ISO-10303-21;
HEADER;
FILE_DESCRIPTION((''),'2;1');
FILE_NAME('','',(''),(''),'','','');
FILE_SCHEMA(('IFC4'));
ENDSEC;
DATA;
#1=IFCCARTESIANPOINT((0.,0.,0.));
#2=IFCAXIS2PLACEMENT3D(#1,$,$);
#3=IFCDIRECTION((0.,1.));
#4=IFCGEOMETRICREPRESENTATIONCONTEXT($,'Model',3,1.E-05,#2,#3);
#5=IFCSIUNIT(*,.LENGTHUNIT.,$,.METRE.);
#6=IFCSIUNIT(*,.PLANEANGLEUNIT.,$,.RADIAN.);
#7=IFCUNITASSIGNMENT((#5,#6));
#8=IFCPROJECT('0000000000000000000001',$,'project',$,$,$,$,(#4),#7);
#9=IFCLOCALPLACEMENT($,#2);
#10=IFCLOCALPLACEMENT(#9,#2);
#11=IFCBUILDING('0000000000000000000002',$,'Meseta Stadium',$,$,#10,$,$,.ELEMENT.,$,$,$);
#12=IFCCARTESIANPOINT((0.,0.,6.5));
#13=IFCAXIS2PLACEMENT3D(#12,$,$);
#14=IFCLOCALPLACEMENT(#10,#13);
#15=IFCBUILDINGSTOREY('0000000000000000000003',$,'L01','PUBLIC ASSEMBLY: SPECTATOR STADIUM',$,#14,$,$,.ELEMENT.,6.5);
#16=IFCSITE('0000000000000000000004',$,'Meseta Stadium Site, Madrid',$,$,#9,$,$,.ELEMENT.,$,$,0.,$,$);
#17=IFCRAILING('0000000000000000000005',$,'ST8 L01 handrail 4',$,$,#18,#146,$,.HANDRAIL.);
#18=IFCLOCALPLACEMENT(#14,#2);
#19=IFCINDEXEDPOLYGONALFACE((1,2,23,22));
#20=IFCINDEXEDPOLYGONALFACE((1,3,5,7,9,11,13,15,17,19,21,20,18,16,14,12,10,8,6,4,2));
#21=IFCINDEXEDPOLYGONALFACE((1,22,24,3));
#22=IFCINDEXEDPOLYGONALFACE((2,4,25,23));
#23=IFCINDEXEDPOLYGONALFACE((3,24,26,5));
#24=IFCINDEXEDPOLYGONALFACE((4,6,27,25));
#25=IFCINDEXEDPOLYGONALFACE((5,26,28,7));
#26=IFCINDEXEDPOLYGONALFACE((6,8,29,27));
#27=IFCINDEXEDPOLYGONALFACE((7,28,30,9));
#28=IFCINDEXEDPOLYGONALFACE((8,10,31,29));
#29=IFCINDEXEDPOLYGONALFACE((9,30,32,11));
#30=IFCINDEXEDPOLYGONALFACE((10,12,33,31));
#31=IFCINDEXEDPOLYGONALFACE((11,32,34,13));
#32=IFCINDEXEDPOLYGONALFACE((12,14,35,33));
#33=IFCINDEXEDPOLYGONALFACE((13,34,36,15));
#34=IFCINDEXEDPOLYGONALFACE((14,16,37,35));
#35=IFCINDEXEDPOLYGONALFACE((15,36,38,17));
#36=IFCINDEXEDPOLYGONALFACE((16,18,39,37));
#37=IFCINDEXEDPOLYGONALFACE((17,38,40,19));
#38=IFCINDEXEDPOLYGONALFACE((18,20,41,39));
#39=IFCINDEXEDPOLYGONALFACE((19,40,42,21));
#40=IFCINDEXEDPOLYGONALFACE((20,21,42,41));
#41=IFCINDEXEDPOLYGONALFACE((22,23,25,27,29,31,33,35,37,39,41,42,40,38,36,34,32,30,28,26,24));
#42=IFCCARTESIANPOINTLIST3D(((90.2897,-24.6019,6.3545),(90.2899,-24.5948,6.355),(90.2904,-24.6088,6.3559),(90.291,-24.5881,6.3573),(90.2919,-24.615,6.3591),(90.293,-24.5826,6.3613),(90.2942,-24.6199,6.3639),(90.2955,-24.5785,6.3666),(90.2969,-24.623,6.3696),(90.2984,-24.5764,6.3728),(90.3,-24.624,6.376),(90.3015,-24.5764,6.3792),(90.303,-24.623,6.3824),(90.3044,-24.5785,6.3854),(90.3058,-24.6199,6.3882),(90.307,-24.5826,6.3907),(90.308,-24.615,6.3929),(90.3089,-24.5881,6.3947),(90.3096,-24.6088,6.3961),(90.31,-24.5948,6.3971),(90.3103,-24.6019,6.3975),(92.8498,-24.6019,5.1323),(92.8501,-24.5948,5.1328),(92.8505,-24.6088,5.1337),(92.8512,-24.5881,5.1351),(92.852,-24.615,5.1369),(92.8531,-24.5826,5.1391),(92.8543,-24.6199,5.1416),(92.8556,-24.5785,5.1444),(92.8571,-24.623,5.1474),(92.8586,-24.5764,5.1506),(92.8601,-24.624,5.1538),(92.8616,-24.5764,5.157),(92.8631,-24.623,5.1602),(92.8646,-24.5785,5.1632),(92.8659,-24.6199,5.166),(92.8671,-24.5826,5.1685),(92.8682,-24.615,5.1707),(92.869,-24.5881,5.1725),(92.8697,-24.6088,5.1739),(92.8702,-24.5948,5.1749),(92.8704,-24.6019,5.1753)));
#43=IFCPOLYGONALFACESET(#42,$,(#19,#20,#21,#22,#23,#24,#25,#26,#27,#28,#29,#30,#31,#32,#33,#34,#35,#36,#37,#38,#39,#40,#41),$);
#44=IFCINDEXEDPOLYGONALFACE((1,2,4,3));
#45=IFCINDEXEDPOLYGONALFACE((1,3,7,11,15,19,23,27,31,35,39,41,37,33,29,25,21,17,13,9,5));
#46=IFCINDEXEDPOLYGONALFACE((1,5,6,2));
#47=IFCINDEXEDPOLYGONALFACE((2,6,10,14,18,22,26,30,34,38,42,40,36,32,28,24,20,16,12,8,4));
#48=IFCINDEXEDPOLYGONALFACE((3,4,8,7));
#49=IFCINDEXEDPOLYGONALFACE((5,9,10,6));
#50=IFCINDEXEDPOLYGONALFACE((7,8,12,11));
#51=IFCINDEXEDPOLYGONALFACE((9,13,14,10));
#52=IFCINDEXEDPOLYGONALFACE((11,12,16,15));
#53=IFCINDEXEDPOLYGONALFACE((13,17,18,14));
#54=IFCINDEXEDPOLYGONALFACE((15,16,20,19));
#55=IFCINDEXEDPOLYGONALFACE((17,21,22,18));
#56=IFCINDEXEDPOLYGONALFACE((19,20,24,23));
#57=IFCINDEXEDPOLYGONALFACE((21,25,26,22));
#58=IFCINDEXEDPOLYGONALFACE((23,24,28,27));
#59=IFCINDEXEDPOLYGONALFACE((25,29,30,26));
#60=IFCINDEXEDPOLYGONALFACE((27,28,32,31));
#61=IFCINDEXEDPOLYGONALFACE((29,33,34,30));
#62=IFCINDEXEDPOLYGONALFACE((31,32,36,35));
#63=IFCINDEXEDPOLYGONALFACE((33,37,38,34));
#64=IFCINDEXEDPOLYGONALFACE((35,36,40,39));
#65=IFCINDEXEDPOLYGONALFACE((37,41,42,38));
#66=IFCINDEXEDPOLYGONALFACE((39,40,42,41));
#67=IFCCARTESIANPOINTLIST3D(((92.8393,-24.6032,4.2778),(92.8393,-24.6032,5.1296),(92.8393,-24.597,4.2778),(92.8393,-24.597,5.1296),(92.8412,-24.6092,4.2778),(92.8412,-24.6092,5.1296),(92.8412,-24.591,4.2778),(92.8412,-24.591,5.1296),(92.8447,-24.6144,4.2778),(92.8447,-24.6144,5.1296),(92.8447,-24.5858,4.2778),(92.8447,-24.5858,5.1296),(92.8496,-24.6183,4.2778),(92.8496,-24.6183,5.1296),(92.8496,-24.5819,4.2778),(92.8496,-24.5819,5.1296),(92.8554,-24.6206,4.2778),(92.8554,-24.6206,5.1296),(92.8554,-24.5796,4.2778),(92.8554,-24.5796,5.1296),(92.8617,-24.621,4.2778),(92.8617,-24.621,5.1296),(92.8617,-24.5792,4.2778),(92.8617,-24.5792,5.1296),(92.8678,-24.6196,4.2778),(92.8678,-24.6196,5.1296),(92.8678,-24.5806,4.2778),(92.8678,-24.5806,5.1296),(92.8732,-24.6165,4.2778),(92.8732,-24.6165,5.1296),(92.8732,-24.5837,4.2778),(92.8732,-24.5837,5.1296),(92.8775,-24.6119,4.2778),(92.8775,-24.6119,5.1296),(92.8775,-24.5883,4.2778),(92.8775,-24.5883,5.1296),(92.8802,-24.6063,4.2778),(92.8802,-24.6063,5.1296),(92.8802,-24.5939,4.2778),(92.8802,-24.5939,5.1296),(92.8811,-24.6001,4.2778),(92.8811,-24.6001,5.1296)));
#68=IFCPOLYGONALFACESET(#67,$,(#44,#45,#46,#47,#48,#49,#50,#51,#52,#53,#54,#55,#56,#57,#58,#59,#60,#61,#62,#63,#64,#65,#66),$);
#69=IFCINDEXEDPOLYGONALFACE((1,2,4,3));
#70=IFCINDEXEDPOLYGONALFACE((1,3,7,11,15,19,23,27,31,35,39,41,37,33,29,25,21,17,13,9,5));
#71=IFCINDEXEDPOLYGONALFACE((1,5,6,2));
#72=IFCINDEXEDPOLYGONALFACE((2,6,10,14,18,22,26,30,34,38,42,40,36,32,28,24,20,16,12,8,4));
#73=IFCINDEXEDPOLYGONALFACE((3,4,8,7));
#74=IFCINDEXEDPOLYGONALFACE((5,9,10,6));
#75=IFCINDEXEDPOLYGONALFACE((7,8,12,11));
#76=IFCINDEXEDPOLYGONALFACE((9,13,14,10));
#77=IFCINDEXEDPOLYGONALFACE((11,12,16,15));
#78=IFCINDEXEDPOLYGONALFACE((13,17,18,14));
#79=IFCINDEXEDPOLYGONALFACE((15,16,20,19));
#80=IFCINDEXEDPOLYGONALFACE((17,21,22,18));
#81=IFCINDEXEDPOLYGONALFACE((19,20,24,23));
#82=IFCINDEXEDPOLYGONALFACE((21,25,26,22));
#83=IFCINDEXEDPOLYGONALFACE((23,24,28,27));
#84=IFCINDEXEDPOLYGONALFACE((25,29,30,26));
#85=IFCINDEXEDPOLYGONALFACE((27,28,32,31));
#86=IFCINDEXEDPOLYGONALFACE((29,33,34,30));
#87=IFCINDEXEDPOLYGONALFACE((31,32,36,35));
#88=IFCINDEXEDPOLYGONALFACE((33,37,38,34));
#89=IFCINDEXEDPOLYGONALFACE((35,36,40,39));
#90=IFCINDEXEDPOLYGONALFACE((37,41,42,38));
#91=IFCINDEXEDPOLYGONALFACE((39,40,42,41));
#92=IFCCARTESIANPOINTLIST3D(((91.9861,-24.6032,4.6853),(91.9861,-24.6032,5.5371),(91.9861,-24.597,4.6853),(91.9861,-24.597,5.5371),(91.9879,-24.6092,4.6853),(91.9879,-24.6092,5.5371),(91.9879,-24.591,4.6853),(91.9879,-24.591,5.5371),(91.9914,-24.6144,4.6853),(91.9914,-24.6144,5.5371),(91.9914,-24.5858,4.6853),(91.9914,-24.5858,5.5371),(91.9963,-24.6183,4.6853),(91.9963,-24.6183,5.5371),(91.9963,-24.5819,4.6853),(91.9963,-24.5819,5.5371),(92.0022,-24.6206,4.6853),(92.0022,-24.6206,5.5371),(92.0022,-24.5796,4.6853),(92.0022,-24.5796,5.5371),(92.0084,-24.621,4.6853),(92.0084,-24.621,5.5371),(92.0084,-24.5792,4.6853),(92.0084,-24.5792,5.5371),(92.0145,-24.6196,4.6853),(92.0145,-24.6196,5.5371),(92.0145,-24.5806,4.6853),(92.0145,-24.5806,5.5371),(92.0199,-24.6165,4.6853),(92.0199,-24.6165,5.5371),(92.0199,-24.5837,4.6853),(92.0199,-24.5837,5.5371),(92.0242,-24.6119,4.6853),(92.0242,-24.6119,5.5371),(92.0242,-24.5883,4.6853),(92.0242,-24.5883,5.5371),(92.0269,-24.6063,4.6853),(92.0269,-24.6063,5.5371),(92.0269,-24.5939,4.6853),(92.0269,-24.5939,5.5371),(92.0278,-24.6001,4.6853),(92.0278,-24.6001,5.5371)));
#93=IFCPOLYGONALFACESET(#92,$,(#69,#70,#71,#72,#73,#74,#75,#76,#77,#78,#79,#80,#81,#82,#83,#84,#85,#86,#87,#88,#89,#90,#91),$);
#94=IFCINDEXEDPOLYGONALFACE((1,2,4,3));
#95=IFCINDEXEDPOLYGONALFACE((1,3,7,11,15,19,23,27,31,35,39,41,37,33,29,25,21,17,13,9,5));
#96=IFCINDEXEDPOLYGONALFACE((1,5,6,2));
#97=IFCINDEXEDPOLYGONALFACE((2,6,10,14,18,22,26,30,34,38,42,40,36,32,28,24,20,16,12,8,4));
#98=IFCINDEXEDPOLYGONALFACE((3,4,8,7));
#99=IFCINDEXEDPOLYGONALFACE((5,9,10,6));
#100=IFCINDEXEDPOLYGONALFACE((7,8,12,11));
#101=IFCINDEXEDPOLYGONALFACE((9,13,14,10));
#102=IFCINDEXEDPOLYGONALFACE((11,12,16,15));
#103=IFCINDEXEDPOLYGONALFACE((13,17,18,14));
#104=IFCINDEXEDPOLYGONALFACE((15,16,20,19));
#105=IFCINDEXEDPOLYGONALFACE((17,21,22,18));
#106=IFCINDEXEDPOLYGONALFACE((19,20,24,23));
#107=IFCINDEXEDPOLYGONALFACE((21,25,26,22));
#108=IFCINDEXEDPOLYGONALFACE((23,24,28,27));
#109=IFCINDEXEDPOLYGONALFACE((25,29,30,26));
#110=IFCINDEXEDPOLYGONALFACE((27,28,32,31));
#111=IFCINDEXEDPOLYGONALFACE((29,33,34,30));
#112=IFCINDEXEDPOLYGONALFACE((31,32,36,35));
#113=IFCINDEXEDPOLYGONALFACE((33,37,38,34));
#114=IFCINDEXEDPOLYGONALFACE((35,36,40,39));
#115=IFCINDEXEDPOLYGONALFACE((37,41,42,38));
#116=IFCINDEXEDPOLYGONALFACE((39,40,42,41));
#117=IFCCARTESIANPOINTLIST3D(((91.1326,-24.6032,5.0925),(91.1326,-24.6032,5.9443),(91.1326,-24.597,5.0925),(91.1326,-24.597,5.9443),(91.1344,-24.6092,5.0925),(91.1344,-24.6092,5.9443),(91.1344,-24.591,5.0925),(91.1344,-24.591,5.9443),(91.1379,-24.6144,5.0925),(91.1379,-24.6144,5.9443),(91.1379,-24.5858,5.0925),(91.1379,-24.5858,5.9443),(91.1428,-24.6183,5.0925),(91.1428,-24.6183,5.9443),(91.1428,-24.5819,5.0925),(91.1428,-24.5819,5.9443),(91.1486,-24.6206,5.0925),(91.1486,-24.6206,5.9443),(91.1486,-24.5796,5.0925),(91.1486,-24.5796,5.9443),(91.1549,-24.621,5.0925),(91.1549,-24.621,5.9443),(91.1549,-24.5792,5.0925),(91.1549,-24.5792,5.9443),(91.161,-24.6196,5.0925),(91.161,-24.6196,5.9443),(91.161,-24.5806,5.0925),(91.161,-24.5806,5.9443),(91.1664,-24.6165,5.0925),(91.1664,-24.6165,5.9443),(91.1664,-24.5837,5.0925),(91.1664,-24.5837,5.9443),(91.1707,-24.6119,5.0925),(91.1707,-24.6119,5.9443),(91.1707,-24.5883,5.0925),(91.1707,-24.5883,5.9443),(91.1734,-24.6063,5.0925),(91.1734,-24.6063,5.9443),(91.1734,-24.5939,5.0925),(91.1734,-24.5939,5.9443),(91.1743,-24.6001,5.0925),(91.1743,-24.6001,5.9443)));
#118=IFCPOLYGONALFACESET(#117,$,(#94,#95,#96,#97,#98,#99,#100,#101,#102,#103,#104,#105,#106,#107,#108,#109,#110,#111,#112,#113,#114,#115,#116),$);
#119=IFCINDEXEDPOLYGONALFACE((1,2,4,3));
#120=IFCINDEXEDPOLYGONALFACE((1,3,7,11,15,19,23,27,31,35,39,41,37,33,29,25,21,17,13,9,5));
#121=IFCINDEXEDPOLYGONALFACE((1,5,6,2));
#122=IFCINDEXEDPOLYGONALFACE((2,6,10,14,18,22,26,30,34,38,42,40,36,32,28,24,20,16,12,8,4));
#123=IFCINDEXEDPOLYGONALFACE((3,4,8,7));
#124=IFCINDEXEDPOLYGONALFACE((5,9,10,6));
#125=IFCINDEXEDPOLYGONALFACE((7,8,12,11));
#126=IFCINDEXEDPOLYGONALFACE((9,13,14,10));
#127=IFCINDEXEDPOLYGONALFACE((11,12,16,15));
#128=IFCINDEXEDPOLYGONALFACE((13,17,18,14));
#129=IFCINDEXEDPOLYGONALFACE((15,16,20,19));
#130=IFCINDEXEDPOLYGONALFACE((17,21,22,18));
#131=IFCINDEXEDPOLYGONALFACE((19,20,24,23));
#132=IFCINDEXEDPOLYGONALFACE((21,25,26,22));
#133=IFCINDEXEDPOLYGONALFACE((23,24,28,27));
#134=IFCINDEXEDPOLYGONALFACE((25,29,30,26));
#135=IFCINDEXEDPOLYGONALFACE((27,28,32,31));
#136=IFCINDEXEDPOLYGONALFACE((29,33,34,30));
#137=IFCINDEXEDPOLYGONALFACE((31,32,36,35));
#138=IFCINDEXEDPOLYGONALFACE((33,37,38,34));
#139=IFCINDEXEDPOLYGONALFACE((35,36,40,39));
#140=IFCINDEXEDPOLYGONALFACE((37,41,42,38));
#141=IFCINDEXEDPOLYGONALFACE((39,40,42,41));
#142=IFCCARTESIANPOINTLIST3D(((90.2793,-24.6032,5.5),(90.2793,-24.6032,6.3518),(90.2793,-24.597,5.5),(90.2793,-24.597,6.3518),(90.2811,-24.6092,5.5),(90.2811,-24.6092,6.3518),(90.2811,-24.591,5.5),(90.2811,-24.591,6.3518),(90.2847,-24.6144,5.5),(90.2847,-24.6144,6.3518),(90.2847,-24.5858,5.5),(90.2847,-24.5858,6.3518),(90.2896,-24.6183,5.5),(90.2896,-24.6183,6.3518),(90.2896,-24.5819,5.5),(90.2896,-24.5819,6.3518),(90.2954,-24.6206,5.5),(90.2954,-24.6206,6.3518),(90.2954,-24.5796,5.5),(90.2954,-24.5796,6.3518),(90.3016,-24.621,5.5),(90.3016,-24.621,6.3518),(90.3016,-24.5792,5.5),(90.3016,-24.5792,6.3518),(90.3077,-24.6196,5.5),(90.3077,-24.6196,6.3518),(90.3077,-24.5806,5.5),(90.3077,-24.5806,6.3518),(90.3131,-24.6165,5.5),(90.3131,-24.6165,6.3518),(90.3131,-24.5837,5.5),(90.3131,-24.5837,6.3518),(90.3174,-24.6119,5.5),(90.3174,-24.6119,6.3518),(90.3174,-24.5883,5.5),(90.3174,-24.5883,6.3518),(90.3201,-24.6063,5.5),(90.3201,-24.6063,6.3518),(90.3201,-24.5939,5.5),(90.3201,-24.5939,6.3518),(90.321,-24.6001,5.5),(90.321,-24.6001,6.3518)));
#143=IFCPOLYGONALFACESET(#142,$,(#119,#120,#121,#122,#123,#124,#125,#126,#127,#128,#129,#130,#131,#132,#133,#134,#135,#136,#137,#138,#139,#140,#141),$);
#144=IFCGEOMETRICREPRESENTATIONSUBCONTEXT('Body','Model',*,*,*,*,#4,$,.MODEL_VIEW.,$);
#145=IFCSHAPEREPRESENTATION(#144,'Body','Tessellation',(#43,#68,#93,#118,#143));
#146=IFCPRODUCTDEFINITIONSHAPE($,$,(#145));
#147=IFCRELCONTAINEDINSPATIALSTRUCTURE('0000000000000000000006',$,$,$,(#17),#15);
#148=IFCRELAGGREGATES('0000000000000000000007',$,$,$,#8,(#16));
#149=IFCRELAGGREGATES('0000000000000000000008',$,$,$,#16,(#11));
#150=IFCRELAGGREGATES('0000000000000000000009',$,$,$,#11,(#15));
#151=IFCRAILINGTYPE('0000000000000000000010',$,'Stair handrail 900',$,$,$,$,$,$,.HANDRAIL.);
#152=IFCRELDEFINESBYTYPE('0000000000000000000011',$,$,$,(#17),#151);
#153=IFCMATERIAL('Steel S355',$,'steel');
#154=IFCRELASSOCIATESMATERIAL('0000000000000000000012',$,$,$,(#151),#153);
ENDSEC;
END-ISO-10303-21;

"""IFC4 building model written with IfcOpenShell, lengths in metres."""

from ifc_helpers import new_model, si_unit, direction, frame, origin, origin_2d, place, context, subcontext, project, spatial, circle, extrude, material, type_object, element, save


model = new_model("IFC4")

# Units and contexts
model_context = context("Model", 3, precision=1e-05, world=origin(), true_north=direction((0.0, 1.0)))
body_context = subcontext(model_context, "Body", "Model", "MODEL_VIEW")
ifc_project = project(units=[si_unit("LENGTHUNIT", "METRE"), si_unit("PLANEANGLEUNIT", "RADIAN")], contexts=[model_context])

# Site, building, storey
site_placement = place(None, origin())
site = spatial("IfcSite", under=ifc_project, at=site_placement, Name="Meseta Stadium Site, Madrid", CompositionType="ELEMENT", RefElevation=0.0)
building_placement = place(site_placement, origin())
building = spatial("IfcBuilding", under=site, at=building_placement, Name="Meseta Stadium", CompositionType="ELEMENT")
storey_placement = place(building_placement, frame((0.0, 0.0, 6.5)))
storey = spatial("IfcBuildingStorey", under=building, at=storey_placement, Name="L01", Description="PUBLIC ASSEMBLY: SPECTATOR STADIUM", CompositionType="ELEMENT", Elevation=6.5)

# Railing
ifc_material_1 = material(Name="Steel S355", Category="steel")
railing_type_1 = type_object("IfcRailingType", Name="Stair handrail 900", PredefinedType="HANDRAIL", material=ifc_material_1)
for number, where, name in (
    (1, (92.8601, -24.6001, 4.2778), "ST8 L01 handrail 4"),
):
    element("IfcRailing", number, at=place(storey_placement, frame(where)), inside=storey, type_object=railing_type_1, Name=name, PredefinedType="HANDRAIL", context=body_context, shape_type="SweptSolid", body=[
        extrude(circle(Radius=0.0239, at=origin_2d()), frame((0.0, 0.0, 0.876), z_axis=(-0.902437, 0.0, 0.430822), x_axis=(0.0, -1.0, 0.0)), (0.0, 0.0, 1.0), 2.8369),
        extrude(circle(Radius=0.021, at=origin_2d()), origin(), (0.0, 0.0, 1.0), 0.8518),
        extrude(circle(Radius=0.021, at=origin_2d()), frame((-0.8533, 0.0, 0.4075)), (0.0, 0.0, 1.0), 0.8518),
        extrude(circle(Radius=0.021, at=origin_2d()), frame((-1.7068, 0.0, 0.8147)), (0.0, 0.0, 1.0), 0.8518),
        extrude(circle(Radius=0.021, at=origin_2d()), frame((-2.5601, 0.0, 1.2222)), (0.0, 0.0, 1.0), 0.8518),
    ])

save(model, "model.ifc")
